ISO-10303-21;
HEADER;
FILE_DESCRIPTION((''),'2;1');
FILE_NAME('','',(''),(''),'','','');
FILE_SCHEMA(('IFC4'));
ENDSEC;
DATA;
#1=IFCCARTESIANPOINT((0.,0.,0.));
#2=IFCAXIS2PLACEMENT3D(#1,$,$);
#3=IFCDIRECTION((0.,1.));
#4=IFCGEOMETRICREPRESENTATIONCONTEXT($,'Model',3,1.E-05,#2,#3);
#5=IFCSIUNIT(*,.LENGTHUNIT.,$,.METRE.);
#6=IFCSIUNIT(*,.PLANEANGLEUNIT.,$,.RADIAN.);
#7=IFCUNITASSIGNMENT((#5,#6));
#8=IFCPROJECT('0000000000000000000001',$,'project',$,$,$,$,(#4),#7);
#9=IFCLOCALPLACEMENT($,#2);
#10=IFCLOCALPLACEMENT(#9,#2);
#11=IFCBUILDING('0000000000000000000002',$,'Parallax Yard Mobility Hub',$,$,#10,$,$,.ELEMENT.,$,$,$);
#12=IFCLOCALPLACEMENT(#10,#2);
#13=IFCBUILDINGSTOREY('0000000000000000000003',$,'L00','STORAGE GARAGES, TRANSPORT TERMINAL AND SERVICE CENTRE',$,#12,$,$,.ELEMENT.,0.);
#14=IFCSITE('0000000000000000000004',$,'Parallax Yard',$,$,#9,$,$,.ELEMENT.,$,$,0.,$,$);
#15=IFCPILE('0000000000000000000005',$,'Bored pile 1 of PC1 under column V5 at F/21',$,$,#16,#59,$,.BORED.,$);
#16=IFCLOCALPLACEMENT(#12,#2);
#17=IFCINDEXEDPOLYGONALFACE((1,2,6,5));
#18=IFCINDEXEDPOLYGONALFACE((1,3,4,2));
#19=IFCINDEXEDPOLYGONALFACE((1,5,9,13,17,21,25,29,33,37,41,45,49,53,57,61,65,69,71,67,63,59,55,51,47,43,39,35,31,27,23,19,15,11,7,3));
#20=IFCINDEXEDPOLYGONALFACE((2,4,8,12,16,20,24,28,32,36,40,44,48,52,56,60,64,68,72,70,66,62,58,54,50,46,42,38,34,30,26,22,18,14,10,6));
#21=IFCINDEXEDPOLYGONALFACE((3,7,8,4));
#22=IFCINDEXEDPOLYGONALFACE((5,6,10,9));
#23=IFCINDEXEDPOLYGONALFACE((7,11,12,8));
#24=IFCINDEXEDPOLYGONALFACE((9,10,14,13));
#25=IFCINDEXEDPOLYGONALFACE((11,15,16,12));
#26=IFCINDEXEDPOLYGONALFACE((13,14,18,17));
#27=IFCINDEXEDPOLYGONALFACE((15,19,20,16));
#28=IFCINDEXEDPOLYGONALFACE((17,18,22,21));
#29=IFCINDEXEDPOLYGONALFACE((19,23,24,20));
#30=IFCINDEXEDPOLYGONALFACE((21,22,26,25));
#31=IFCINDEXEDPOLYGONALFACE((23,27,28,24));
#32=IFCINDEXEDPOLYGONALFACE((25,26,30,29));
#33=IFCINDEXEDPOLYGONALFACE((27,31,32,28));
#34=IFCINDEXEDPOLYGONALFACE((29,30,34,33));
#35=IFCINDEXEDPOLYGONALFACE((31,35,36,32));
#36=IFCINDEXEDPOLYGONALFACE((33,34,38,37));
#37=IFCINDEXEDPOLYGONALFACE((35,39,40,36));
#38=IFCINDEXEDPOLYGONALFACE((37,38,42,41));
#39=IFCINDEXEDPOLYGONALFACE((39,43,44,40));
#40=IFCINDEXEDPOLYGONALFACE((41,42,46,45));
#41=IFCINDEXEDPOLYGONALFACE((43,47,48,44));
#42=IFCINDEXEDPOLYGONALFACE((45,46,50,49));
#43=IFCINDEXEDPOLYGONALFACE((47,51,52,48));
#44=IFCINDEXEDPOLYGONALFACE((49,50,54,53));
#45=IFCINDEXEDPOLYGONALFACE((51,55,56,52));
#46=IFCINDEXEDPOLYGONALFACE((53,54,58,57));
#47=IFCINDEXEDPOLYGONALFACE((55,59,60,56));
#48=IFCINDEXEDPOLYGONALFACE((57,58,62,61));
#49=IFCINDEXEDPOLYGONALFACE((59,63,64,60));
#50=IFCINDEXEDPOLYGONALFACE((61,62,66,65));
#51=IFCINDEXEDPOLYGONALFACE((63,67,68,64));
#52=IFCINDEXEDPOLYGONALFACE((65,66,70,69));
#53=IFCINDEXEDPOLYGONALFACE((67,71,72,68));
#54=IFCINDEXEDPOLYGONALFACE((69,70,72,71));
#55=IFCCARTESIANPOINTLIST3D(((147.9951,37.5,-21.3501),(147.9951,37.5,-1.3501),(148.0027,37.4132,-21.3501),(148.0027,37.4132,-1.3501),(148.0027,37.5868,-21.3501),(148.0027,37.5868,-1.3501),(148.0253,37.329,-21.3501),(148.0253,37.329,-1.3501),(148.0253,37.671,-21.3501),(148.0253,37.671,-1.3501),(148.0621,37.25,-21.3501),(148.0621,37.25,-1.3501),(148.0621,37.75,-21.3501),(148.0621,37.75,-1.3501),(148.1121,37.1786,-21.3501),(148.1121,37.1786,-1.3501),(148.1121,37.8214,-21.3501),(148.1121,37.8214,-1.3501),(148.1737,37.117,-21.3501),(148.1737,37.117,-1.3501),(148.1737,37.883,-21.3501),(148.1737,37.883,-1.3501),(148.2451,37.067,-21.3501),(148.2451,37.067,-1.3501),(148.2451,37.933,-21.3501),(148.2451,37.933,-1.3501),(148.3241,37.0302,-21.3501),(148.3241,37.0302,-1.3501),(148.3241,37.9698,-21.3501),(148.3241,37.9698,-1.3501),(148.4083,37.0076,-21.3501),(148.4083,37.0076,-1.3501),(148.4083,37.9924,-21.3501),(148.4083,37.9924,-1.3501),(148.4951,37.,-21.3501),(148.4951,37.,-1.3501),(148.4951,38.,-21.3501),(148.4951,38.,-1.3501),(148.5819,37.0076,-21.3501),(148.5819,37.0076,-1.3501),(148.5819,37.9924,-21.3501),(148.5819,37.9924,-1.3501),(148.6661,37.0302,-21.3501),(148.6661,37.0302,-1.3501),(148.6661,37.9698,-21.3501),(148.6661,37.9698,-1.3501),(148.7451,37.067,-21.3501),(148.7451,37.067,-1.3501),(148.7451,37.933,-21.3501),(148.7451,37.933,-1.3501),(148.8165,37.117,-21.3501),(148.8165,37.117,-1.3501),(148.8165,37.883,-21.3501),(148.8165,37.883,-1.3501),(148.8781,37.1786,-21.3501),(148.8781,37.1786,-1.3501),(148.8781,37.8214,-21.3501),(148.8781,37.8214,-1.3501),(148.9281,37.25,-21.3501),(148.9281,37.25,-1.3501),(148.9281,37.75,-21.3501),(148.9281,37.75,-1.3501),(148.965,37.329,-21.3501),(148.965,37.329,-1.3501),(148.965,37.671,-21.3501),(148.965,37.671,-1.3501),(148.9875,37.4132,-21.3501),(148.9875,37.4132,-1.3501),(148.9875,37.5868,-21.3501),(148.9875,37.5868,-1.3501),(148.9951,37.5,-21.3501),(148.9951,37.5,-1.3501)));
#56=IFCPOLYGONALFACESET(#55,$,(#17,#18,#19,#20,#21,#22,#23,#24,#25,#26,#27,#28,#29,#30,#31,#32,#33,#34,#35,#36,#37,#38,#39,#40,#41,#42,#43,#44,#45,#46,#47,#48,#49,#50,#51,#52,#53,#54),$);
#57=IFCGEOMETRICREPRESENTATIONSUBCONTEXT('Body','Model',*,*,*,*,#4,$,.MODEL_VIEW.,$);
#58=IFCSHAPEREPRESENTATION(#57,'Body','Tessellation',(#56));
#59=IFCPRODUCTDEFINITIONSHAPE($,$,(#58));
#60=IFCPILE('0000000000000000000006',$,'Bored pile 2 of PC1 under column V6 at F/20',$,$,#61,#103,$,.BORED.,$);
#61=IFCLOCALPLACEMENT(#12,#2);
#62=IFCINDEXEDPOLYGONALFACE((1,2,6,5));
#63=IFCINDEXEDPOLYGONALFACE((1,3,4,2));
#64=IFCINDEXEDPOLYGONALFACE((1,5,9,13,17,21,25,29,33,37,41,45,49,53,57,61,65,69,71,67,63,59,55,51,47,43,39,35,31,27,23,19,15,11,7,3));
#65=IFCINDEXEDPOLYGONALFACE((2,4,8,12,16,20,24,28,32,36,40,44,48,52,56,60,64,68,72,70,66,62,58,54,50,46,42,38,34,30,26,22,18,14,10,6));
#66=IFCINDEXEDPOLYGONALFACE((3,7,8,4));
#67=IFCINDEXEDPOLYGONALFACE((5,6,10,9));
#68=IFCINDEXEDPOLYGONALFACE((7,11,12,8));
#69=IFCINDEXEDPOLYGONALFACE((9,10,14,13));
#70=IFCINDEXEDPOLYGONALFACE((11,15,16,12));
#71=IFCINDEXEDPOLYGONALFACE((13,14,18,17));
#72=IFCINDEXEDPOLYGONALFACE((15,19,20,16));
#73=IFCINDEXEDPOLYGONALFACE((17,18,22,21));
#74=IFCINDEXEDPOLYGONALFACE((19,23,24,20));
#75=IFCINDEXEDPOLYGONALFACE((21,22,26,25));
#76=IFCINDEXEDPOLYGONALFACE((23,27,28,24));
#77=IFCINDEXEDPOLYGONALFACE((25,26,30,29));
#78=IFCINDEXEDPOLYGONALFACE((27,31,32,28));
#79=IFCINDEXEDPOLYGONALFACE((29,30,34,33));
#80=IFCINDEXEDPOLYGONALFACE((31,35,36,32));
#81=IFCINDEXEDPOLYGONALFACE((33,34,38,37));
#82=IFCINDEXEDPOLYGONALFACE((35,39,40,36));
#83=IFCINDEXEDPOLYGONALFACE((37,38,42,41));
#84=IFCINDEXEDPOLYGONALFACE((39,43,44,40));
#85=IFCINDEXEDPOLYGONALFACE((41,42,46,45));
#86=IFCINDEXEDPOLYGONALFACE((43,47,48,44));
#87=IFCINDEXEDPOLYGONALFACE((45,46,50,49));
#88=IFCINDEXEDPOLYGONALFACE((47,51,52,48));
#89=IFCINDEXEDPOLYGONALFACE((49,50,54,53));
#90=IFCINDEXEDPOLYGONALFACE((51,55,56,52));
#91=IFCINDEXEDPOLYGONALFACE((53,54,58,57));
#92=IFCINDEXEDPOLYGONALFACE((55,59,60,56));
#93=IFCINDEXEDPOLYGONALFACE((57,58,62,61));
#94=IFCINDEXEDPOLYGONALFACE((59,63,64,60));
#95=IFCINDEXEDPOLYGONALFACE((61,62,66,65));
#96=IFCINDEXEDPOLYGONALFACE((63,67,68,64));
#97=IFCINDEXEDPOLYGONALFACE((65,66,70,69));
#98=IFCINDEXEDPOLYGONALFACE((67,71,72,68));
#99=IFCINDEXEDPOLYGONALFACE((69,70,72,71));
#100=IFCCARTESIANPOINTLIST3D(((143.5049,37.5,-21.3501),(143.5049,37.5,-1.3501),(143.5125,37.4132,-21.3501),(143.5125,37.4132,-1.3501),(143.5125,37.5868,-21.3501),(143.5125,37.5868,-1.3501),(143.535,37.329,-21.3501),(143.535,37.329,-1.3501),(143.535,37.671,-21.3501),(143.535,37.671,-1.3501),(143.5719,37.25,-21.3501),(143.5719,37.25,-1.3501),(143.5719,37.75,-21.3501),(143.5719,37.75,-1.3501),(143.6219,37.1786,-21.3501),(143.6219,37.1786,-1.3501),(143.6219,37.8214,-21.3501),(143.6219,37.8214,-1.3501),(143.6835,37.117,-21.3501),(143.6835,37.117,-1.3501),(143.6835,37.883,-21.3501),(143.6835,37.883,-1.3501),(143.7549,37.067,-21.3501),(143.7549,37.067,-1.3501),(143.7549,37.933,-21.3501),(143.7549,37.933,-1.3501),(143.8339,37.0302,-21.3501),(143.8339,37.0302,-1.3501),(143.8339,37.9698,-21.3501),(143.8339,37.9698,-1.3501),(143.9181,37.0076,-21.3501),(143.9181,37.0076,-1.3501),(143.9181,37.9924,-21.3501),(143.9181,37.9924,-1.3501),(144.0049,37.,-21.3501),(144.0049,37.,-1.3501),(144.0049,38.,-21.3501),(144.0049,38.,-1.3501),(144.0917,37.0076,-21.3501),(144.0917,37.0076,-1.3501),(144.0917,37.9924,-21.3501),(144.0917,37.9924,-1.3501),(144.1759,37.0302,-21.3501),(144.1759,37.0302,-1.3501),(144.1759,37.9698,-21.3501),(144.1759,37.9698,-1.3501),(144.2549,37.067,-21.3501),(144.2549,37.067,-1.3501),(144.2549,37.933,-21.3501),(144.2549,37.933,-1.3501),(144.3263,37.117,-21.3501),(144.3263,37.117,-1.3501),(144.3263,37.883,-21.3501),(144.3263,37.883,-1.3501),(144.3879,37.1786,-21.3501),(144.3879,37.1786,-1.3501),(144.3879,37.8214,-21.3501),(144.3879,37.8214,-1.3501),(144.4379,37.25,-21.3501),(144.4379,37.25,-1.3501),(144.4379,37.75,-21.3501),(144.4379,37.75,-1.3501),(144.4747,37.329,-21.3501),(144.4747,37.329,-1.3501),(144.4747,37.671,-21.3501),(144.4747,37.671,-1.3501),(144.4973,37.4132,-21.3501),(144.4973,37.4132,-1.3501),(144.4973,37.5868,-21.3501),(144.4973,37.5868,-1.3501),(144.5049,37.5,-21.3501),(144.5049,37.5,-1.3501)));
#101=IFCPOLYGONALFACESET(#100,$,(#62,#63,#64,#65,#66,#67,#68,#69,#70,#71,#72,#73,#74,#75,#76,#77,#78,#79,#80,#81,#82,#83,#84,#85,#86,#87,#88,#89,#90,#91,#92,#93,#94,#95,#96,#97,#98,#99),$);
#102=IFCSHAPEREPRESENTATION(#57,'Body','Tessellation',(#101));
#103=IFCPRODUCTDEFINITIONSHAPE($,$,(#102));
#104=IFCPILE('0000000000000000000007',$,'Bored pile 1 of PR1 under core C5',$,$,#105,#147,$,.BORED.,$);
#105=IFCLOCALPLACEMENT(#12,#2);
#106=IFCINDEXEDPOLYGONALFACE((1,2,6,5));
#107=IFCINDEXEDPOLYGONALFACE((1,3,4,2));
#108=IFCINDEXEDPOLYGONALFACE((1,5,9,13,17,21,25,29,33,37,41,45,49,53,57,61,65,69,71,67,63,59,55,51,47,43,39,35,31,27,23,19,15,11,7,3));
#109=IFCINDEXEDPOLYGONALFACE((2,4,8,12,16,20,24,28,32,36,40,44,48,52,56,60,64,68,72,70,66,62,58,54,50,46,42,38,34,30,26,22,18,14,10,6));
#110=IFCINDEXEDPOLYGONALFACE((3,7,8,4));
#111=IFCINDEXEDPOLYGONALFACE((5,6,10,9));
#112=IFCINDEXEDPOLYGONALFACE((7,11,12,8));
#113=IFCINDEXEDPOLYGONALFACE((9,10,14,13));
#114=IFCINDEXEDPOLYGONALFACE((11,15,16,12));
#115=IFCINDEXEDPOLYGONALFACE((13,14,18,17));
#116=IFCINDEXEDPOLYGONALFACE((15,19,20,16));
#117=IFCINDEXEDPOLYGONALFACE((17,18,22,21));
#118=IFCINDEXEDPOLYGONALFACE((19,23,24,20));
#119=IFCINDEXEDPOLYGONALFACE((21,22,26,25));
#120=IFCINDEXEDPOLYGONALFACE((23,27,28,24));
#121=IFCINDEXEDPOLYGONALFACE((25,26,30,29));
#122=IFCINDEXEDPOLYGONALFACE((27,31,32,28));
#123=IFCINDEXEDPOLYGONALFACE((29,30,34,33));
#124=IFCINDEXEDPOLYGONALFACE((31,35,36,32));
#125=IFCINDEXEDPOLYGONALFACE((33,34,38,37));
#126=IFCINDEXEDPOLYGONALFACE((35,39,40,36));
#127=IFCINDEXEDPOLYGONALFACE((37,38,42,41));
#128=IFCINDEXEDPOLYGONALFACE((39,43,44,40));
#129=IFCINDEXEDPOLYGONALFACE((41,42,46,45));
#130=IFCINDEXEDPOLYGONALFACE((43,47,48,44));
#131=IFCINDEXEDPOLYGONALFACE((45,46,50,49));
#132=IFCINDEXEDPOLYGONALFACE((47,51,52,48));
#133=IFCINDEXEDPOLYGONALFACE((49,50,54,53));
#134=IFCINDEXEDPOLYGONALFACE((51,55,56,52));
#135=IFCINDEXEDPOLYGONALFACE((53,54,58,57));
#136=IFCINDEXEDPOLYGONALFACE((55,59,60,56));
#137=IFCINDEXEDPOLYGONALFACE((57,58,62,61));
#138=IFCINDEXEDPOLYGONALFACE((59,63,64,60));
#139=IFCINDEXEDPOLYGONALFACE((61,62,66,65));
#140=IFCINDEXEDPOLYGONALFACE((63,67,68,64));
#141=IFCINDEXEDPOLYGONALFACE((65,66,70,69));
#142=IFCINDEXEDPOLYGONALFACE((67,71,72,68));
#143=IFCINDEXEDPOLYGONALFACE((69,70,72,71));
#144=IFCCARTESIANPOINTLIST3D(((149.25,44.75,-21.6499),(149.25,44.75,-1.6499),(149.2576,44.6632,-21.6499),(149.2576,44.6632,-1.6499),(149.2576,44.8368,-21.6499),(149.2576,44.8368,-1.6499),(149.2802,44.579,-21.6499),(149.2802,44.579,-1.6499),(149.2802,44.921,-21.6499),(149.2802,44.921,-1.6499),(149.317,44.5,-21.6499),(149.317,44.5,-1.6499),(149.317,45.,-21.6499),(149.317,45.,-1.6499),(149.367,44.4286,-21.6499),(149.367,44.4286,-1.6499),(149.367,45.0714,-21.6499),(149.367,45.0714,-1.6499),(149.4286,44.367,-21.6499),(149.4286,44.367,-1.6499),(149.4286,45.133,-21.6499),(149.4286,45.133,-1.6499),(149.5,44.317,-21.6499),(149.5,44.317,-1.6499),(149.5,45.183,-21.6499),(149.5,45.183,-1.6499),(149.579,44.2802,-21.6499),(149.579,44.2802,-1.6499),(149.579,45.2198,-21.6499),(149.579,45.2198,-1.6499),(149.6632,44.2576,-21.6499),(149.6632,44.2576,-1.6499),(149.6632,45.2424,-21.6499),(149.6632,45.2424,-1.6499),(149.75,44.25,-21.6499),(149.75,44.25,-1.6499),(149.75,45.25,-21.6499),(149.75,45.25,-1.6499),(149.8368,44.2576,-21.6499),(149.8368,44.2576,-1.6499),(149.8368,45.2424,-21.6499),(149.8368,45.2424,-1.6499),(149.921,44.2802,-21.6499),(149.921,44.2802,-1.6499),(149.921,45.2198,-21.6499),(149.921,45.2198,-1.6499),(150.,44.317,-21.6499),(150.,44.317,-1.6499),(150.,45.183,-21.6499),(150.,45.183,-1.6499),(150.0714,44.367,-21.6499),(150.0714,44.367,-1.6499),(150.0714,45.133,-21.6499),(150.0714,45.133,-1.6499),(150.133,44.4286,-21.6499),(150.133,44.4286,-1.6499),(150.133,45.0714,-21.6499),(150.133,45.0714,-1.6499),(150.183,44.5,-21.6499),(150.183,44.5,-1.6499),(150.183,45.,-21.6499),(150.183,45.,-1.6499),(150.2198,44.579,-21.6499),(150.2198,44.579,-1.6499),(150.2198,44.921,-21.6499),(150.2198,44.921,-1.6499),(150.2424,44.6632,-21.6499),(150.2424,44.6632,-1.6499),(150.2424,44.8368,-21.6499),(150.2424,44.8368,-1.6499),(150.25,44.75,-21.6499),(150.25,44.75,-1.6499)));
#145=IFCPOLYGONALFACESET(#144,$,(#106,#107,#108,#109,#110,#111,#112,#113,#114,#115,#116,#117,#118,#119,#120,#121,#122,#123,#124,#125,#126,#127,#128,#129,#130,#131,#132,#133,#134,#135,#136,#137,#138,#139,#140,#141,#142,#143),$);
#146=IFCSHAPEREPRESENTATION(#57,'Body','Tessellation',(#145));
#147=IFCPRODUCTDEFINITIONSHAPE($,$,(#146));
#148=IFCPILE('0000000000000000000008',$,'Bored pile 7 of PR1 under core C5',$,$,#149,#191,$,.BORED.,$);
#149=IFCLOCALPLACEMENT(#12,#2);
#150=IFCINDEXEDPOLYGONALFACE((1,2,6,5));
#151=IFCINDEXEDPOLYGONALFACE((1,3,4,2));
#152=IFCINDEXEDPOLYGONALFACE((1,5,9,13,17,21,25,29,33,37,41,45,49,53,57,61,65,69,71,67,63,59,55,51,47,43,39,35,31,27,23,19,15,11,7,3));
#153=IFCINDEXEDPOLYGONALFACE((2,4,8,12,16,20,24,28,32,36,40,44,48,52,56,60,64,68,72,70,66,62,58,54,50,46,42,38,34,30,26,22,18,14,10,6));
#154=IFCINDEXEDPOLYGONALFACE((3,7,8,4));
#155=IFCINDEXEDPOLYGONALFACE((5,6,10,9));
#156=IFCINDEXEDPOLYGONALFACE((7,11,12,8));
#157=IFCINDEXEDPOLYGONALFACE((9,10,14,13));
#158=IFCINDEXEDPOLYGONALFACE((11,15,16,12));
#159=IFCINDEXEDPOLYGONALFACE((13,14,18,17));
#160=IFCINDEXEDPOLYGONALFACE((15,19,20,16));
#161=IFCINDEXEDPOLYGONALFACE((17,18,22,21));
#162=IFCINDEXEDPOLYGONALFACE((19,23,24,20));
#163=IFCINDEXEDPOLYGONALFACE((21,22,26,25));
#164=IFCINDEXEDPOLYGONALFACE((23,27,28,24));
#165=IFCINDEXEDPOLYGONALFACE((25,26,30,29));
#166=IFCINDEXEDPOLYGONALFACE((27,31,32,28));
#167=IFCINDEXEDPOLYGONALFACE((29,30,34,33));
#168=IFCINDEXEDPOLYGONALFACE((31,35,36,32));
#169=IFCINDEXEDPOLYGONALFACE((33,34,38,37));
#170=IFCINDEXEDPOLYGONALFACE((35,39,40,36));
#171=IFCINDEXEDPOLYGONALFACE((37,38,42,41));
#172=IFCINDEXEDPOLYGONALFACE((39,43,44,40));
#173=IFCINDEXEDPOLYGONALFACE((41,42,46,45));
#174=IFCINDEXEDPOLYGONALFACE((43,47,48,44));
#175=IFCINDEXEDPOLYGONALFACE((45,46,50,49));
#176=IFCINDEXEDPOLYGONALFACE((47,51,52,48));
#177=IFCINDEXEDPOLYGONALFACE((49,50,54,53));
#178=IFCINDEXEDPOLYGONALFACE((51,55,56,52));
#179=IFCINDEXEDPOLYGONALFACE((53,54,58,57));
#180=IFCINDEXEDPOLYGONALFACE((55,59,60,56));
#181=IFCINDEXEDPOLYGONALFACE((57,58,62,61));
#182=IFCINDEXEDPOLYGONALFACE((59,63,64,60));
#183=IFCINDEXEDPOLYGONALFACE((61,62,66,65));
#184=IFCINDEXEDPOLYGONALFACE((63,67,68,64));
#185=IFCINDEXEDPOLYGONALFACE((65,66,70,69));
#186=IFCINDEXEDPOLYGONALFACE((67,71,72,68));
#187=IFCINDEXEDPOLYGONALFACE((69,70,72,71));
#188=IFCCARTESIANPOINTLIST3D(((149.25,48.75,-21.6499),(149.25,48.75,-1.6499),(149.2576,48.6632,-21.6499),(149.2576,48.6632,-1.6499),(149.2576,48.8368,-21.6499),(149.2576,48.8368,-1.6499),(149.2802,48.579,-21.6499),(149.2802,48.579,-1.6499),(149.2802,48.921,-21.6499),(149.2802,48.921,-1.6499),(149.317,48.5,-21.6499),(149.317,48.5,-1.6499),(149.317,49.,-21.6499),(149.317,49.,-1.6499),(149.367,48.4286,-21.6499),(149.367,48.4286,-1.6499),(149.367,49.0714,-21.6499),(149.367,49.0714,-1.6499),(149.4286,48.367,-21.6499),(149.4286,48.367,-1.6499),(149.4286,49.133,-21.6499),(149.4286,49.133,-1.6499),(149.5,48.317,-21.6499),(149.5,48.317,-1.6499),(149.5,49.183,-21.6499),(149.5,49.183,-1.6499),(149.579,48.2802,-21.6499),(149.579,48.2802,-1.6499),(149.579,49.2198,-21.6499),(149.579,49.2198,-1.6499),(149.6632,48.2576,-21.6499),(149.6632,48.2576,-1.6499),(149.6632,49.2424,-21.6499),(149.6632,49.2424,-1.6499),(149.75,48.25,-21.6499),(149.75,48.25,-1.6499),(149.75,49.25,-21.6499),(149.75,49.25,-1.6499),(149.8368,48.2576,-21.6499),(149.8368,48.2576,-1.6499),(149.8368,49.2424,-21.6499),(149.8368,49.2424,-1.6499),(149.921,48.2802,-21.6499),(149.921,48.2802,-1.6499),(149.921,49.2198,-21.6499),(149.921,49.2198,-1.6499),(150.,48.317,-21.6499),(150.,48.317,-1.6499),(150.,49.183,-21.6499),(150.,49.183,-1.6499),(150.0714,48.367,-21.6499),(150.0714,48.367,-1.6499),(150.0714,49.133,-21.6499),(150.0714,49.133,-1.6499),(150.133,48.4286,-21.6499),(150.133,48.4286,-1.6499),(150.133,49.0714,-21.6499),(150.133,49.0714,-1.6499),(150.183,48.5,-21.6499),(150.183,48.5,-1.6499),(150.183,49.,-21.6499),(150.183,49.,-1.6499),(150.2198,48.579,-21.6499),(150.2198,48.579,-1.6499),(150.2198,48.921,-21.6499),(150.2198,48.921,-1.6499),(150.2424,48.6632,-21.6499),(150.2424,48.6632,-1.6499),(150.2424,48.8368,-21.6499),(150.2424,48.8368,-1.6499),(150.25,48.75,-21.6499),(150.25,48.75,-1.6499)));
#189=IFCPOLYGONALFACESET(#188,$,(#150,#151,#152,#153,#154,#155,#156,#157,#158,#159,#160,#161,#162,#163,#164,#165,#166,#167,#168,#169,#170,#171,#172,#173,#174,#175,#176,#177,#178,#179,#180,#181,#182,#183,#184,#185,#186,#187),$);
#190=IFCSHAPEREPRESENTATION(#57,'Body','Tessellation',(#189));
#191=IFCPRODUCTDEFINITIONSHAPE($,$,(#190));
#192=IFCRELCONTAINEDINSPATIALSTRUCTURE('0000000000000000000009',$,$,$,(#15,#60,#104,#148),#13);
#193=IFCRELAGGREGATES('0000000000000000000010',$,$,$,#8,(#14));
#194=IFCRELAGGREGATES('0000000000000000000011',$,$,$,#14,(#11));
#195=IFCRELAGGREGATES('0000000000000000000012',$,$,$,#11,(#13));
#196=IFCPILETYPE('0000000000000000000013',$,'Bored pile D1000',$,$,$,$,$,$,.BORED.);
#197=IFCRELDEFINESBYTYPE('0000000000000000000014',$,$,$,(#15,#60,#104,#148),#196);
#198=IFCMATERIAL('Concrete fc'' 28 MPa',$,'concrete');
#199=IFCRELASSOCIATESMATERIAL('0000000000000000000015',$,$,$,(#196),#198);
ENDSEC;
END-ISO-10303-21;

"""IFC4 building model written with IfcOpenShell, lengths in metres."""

from ifc_helpers import new_model, si_unit, direction, frame, origin, origin_2d, place, context, subcontext, project, spatial, circle, extrude, material, material_profile, profile_set, type_object, element, save


model = new_model("IFC4")

# Units and contexts
model_context = context("Model", 3, precision=1e-05, world=origin(), true_north=direction((0.0, 1.0)))
body_context = subcontext(model_context, "Body", "Model", "MODEL_VIEW")
ifc_project = project(units=[si_unit("LENGTHUNIT", "METRE"), si_unit("PLANEANGLEUNIT", "RADIAN")], contexts=[model_context])

# Site, building, storey
site_placement = place(None, origin())
site = spatial("IfcSite", under=ifc_project, at=site_placement, Name="Parallax Yard", CompositionType="ELEMENT", RefElevation=0.0)
building_placement = place(site_placement, origin())
building = spatial("IfcBuilding", under=site, at=building_placement, Name="Parallax Yard Mobility Hub", CompositionType="ELEMENT")
storey_placement = place(building_placement, origin())
storey = spatial("IfcBuildingStorey", under=building, at=storey_placement, Name="L00", Description="STORAGE GARAGES, TRANSPORT TERMINAL AND SERVICE CENTRE", CompositionType="ELEMENT", Elevation=0.0)

# Piles
ifc_material_1 = material(Name="Concrete fc' 28 MPa", Category="concrete")
ifc_material_profile_1 = material_profile(ifc_material_1, circle(Radius=0.5, at=origin_2d()), Name="Bored pile D1000")
ifc_profile_set_1 = profile_set([ifc_material_profile_1], Name="Concrete fc' 28 MPa")
pile_type = type_object("IfcPileType", Name="Bored pile D1000", PredefinedType="BORED", material=ifc_profile_set_1)
for number, where, z_axis, x_axis, name in (
    (1, (148.4951, 37.5, -1.3501), (0.0, 0.0, -1.0), (1.0, 0.0, 0.0), "Bored pile 1 of PC1 under column V5 at F/21"),
    (2, (144.0049, 37.5, -1.3501), (0.0, 0.0, -1.0), (1.0, 0.0, 0.0), "Bored pile 2 of PC1 under column V6 at F/20"),
    (3, (149.75, 44.75, -1.6499), (0.0, 0.0, -1.0), (1.0, 0.0, 0.0), "Bored pile 1 of PR1 under core C5"),
    (4, (149.75, 48.75, -1.6499), (0.0, 0.0, -1.0), (1.0, 0.0, 0.0), "Bored pile 7 of PR1 under core C5"),
):
    element("IfcPile", number, at=place(storey_placement, frame(where, z_axis=z_axis, x_axis=x_axis)), inside=storey, type_object=pile_type, Name=name, PredefinedType="BORED", context=body_context, shape_type="SweptSolid", body=[
        extrude(circle(Radius=0.5, at=origin_2d()), origin(), (0.0, 0.0, 1.0), 20.0),
    ])

save(model, "model.ifc")
